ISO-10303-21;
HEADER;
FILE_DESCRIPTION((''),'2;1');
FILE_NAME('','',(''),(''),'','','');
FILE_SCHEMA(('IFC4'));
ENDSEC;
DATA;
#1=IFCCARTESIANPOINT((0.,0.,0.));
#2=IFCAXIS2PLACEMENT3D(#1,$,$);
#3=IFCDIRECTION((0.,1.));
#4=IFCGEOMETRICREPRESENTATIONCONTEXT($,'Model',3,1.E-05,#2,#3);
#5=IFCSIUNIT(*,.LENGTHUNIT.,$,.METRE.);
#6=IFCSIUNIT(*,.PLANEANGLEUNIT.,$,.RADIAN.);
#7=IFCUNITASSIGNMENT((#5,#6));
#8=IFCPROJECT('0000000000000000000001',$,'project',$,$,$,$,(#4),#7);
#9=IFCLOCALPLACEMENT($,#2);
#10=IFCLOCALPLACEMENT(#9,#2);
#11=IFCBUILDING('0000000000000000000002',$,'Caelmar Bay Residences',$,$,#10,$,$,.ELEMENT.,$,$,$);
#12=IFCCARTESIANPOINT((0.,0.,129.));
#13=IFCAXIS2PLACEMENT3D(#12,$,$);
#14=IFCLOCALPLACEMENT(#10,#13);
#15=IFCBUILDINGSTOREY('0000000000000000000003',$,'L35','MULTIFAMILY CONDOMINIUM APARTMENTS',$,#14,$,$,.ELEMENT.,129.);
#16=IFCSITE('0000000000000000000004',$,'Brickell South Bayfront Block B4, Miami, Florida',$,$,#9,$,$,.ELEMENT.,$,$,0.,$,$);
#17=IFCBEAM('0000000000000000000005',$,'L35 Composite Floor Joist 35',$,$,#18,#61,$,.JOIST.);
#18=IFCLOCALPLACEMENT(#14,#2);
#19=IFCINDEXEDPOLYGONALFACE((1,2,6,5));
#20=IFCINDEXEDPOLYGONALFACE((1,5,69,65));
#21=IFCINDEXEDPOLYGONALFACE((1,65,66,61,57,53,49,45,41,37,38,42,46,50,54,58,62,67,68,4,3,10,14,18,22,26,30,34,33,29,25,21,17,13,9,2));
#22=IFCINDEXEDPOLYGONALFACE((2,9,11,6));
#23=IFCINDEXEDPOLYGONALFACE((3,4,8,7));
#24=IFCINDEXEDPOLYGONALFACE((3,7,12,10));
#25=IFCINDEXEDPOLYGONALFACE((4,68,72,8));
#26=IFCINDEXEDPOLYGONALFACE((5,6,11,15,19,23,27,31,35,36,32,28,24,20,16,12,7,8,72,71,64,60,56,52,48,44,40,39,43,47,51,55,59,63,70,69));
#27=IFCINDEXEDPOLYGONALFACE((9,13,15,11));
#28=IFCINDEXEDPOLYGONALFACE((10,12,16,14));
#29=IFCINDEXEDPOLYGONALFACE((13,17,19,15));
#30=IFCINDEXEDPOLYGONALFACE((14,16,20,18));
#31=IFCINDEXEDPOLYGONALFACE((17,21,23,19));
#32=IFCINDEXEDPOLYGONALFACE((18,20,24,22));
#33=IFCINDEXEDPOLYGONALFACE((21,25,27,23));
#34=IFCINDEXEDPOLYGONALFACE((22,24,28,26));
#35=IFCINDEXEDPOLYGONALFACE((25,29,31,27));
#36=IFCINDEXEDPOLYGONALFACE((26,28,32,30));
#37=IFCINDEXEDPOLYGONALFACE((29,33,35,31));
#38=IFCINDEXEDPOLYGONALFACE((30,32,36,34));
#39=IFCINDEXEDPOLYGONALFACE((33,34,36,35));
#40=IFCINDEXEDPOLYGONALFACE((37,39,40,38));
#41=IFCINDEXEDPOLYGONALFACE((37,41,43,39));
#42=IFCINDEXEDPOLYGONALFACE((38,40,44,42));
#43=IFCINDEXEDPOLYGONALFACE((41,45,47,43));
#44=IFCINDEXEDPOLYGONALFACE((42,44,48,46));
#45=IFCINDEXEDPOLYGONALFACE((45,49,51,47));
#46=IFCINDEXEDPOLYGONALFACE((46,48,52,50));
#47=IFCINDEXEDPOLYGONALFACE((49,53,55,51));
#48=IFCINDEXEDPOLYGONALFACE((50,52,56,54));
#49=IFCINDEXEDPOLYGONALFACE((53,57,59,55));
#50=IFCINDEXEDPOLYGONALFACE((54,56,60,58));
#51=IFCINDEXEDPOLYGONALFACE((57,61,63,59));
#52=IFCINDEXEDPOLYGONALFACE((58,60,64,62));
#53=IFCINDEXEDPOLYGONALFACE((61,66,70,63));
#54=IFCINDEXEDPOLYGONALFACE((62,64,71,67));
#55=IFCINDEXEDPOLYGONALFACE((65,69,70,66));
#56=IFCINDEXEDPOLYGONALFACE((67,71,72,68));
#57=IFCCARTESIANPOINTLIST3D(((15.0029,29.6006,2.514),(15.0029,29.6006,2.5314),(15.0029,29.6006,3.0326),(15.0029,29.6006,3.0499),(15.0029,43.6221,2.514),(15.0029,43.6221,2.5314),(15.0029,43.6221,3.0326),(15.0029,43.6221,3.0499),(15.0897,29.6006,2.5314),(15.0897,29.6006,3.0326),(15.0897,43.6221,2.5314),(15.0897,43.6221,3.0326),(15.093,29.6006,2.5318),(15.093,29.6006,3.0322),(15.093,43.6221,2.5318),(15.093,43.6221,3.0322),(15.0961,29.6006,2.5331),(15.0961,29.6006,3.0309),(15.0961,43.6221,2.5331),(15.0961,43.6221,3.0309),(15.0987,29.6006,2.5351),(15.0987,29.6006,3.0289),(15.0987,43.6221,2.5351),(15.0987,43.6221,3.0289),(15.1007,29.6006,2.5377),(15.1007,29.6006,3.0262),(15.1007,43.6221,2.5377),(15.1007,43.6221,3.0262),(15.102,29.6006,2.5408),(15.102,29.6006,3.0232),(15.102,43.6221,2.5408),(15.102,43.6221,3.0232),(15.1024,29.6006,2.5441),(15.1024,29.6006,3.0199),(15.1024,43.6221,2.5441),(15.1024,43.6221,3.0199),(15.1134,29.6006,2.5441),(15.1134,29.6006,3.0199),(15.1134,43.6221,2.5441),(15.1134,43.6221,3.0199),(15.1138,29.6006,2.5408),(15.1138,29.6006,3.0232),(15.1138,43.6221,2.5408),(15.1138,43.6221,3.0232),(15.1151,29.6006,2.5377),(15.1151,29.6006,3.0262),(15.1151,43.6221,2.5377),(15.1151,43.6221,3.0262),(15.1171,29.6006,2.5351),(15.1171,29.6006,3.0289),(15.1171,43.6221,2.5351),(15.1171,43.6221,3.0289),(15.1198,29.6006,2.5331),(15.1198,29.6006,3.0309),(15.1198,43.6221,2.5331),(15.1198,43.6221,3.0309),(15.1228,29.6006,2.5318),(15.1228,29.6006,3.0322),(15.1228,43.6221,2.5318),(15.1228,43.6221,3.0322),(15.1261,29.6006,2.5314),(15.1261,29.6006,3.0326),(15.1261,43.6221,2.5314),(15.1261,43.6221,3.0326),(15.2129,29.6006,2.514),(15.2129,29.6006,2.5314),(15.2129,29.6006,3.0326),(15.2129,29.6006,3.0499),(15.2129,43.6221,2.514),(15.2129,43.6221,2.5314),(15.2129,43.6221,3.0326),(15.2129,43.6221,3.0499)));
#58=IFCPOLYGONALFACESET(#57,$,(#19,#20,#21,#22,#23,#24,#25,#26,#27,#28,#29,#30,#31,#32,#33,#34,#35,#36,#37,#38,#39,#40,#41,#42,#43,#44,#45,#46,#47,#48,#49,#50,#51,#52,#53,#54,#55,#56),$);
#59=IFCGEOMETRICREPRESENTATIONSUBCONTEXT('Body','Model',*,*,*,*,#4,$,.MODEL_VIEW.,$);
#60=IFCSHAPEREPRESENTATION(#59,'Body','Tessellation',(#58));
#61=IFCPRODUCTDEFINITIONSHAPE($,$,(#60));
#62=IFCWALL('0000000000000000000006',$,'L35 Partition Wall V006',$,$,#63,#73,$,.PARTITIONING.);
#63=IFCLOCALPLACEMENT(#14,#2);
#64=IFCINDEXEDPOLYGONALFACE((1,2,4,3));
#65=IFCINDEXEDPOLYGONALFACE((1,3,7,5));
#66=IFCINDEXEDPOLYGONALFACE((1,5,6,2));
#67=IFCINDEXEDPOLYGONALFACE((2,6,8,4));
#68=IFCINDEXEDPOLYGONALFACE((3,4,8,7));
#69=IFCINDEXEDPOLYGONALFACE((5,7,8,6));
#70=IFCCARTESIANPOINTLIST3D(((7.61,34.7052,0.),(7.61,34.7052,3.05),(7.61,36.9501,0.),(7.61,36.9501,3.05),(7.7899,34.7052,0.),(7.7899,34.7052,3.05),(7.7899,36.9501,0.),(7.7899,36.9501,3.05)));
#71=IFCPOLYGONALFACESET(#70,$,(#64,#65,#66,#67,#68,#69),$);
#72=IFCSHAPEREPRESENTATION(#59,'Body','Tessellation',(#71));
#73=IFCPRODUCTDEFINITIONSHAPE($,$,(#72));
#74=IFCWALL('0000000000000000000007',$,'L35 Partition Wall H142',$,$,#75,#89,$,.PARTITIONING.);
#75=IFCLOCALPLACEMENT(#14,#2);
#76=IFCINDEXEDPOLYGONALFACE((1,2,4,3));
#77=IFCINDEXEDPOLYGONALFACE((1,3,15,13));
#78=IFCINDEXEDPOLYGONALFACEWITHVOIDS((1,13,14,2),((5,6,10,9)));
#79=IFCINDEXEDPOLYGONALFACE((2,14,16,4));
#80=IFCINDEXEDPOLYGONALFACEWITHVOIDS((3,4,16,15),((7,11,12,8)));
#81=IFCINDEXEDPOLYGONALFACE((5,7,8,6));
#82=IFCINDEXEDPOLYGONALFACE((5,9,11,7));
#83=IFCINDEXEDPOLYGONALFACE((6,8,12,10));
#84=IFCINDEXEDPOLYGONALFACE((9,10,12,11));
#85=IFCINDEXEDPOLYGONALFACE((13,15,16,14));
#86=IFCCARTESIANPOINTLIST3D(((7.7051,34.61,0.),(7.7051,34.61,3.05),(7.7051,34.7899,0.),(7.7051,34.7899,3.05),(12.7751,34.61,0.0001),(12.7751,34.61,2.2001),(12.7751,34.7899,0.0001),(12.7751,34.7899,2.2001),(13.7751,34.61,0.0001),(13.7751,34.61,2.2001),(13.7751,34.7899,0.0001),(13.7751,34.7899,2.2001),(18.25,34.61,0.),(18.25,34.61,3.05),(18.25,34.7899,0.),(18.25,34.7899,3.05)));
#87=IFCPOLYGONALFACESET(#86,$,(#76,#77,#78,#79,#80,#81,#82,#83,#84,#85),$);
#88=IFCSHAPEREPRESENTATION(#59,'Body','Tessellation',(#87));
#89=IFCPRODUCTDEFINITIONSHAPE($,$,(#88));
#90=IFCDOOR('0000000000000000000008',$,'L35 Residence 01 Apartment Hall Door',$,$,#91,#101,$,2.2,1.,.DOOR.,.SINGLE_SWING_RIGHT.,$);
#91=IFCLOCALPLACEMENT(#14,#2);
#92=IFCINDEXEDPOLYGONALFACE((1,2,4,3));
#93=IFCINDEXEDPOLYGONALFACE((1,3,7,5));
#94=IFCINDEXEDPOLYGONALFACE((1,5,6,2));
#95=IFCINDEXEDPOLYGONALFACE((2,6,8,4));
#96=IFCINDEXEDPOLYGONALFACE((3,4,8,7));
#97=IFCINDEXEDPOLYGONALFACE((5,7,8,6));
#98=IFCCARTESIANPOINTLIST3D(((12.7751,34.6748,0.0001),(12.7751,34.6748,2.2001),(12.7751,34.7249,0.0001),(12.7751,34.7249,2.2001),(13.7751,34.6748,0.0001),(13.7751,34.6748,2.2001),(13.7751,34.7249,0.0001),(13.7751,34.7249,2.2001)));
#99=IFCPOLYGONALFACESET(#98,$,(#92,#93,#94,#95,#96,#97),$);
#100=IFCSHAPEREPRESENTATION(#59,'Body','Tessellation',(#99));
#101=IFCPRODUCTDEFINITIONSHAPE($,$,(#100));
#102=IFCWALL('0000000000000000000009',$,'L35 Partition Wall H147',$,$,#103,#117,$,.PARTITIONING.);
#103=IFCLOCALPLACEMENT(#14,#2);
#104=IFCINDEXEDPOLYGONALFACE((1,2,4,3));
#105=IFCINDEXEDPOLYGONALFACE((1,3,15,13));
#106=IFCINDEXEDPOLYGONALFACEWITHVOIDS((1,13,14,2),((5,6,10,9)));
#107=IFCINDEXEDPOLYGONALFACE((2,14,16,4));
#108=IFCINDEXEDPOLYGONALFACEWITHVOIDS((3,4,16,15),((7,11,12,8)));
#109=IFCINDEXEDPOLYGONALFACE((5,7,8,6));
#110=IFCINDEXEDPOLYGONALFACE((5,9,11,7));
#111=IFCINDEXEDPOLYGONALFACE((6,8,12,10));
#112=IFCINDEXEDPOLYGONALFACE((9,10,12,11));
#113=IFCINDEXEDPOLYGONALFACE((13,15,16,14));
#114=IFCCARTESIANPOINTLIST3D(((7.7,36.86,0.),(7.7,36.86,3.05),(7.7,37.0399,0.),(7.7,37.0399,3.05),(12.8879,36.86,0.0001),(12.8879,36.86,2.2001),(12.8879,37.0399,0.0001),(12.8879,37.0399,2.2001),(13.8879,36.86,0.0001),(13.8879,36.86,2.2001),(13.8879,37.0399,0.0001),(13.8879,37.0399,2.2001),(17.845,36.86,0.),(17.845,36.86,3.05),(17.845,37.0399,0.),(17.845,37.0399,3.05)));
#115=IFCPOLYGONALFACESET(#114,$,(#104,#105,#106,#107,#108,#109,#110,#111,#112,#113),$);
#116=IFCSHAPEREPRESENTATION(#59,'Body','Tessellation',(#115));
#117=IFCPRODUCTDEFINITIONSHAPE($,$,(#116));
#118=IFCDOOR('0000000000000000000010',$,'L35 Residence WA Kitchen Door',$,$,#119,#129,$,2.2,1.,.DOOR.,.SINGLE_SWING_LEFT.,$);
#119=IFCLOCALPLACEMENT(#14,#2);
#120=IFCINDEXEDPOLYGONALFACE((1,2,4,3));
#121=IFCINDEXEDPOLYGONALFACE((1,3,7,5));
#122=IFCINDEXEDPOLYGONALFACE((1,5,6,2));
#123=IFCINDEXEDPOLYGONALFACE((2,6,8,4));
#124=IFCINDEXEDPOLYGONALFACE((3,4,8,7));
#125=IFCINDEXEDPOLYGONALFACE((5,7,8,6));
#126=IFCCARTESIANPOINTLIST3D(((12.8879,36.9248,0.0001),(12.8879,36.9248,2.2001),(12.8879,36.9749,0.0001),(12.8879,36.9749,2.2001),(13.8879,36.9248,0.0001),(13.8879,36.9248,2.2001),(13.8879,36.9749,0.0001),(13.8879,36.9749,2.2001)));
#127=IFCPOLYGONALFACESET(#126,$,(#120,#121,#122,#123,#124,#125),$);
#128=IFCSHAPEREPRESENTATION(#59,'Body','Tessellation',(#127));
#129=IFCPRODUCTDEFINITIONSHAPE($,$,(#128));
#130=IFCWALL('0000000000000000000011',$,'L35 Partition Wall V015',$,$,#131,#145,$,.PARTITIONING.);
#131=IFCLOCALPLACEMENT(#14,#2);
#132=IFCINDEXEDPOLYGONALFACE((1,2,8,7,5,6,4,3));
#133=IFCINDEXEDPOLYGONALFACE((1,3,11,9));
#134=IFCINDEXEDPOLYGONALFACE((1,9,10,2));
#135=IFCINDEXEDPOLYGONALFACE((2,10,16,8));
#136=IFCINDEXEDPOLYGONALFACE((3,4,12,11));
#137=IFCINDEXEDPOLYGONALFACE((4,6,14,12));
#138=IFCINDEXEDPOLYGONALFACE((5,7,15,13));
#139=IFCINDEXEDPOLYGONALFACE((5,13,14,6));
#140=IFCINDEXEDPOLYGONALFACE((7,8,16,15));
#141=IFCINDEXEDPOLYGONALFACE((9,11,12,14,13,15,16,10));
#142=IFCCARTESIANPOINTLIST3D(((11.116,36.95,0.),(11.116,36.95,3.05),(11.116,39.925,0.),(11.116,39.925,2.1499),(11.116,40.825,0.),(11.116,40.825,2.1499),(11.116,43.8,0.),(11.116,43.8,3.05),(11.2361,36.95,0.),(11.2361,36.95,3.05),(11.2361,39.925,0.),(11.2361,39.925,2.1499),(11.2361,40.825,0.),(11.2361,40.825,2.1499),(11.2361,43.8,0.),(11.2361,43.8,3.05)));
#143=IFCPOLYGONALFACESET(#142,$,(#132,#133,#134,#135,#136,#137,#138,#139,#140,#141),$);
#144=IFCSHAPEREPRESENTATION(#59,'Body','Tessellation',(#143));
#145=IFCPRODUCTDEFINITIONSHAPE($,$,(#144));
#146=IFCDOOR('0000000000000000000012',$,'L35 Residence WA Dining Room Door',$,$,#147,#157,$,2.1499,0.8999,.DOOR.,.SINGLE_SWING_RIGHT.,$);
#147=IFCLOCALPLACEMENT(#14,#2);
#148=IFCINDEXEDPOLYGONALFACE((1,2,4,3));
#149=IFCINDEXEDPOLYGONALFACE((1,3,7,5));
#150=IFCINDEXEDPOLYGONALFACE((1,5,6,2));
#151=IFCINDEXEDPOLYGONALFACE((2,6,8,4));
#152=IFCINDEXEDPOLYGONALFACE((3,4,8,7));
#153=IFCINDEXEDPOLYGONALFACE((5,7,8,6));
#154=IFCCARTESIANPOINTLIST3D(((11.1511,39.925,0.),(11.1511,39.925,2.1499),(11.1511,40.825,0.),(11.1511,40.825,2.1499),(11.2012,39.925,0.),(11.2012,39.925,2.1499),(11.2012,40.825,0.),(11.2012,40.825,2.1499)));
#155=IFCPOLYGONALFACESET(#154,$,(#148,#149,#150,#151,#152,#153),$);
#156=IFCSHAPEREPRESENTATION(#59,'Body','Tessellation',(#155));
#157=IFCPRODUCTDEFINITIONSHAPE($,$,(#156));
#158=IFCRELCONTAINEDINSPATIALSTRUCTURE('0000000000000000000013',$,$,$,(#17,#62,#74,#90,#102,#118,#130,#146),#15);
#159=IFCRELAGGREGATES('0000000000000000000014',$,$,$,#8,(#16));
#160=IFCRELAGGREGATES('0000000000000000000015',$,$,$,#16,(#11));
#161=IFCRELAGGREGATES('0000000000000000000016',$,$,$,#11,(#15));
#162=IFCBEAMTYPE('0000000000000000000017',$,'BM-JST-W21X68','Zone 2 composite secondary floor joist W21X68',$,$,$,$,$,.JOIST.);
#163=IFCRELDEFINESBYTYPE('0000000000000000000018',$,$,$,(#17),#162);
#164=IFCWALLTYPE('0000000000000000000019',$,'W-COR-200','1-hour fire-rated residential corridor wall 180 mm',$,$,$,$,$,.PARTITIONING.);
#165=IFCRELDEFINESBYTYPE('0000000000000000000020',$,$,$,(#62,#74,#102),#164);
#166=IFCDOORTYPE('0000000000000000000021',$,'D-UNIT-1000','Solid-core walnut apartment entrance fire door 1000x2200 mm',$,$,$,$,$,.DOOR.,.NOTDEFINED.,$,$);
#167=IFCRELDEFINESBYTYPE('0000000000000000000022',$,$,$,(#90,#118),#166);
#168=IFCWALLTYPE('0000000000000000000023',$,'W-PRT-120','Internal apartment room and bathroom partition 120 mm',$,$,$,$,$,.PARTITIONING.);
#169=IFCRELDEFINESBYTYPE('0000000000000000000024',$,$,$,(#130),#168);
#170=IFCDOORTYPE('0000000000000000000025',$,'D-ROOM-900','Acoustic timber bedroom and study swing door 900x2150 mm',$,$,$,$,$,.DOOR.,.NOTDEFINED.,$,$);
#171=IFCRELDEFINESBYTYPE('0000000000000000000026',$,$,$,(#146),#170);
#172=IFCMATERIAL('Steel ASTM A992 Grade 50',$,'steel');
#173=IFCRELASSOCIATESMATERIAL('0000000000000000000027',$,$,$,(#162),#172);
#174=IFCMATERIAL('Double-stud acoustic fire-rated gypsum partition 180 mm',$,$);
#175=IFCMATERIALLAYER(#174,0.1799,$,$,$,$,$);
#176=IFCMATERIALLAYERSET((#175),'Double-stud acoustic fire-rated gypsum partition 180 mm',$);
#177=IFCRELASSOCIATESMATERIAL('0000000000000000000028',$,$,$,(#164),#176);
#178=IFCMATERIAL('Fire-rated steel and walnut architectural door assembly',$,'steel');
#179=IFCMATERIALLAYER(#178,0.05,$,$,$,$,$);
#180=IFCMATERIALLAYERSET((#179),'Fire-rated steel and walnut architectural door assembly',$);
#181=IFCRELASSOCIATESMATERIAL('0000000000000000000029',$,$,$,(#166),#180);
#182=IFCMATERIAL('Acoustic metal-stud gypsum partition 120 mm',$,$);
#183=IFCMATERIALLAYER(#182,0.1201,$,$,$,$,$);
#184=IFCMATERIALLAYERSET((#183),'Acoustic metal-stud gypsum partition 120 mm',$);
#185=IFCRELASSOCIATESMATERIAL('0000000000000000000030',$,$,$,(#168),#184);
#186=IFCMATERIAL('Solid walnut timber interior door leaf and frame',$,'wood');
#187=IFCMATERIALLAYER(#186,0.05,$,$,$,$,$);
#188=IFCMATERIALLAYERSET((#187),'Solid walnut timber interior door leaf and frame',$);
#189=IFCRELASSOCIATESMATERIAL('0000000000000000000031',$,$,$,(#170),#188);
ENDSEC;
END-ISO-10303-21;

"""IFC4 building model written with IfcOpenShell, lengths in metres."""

from ifc_helpers import new_model, si_unit, direction, frame, frame_2d, origin, origin_2d, place, context, subcontext, project, spatial, rectangle, i_section, extrude, material, layer, layer_set, material_profile, profile_set, type_object, element, fill, save


model = new_model("IFC4")

# Units and contexts
model_context = context("Model", 3, precision=1e-05, world=origin(), true_north=direction((0.0, 1.0)))
body_context = subcontext(model_context, "Body", "Model", "MODEL_VIEW")
ifc_project = project(units=[si_unit("LENGTHUNIT", "METRE"), si_unit("PLANEANGLEUNIT", "RADIAN")], contexts=[model_context])

# Site, building, storey
site_placement = place(None, origin())
site = spatial("IfcSite", under=ifc_project, at=site_placement, Name="Brickell South Bayfront Block B4, Miami, Florida", CompositionType="ELEMENT", RefElevation=0.0)
building_placement = place(site_placement, origin())
building = spatial("IfcBuilding", under=site, at=building_placement, Name="Caelmar Bay Residences", CompositionType="ELEMENT")
storey_placement = place(building_placement, frame((0.0, 0.0, 129.0)))
storey = spatial("IfcBuildingStorey", under=building, at=storey_placement, Name="L35", Description="MULTIFAMILY CONDOMINIUM APARTMENTS", CompositionType="ELEMENT", Elevation=129.0)

# Beam
ifc_material_1 = material(Name="Steel ASTM A992 Grade 50", Category="steel")
ifc_material_profile_1 = material_profile(ifc_material_1, i_section(OverallWidth=0.21, OverallDepth=0.5359, WebThickness=0.011, FlangeThickness=0.0173, FilletRadius=0.0127, at=origin_2d()), Name="W21X68")
ifc_profile_set_1 = profile_set([ifc_material_profile_1], Name="Steel ASTM A992 Grade 50")
beam_type_1 = type_object("IfcBeamType", Name="BM-JST-W21X68", Description="Zone 2 composite secondary floor joist W21X68", PredefinedType="JOIST", material=ifc_profile_set_1)
beam_1_placement = place(storey_placement, frame((15.1079, 29.6006, 2.782), z_axis=(0.0, 1.0, 0.0), x_axis=(-1.0, 0.0, 0.0)))
element("IfcBeam", 1, at=beam_1_placement, inside=storey, type_object=beam_type_1, Name="L35 Composite Floor Joist 35", PredefinedType="JOIST", context=body_context, shape_type="SweptSolid", body=[
    extrude(i_section(OverallWidth=0.21, OverallDepth=0.5359, WebThickness=0.011, FlangeThickness=0.0173, FilletRadius=0.0127, at=origin_2d()), origin(), (0.0, 0.0, 1.0), 14.0215),
])

# Wall
ifc_material_2 = material(Name="Double-stud acoustic fire-rated gypsum partition 180 mm")
ifc_layer_1 = layer(ifc_material_2, 0.1799)
ifc_layer_set_1 = layer_set([ifc_layer_1], Name="Double-stud acoustic fire-rated gypsum partition 180 mm")
wall_type_1 = type_object("IfcWallType", Name="W-COR-200", Description="1-hour fire-rated residential corridor wall 180 mm", PredefinedType="PARTITIONING", material=ifc_layer_set_1)
wall_1_placement = place(storey_placement, frame((7.7, 34.7051, 0.0), z_axis=(0.0, 0.0, 1.0), x_axis=(0.0, 1.0, 0.0)))
element("IfcWall", 2, at=wall_1_placement, inside=storey, type_object=wall_type_1, Name="L35 Partition Wall V006", PredefinedType="PARTITIONING", context=body_context, shape_type="SweptSolid", body=[
    extrude(rectangle(XDim=2.2449, YDim=0.1799, at=frame_2d((1.1226, 0.0))), origin(), (0.0, 0.0, 1.0), 3.05),
])

# Walls, openings, doors
wall_2_placement = place(storey_placement, frame((7.7051, 34.7, 0.0), z_axis=(0.0, 0.0, 1.0), x_axis=(1.0, 0.0, 0.0)))
wall_2 = element("IfcWall", 3, at=wall_2_placement, inside=storey, type_object=wall_type_1, Name="L35 Partition Wall H142", PredefinedType="PARTITIONING", context=body_context, shape_type="SweptSolid", body=[
    extrude(rectangle(XDim=10.5449, YDim=0.1799, at=frame_2d((5.2725, 0.0))), origin(), (0.0, 0.0, 1.0), 3.05),
])
opening_1_placement = place(wall_2_placement, frame((5.0701, 0.0, 0.0)))
opening_1 = element("IfcOpeningElement", 4, at=opening_1_placement, cuts=wall_2, PredefinedType="OPENING", context=body_context, shape_type="SweptSolid", body=[
    extrude(rectangle(XDim=1.0, YDim=2.2, at=frame_2d((0.5, 1.1001))), frame((0.0, 0.0999, 0.0), z_axis=(0.0, -1.0, 0.0), x_axis=(1.0, 0.0, 0.0)), (0.0, 0.0, 1.0), 0.2),
])
ifc_material_3 = material(Name="Fire-rated steel and walnut architectural door assembly", Category="steel")
ifc_layer_2 = layer(ifc_material_3, 0.05)
ifc_layer_set_2 = layer_set([ifc_layer_2], Name="Fire-rated steel and walnut architectural door assembly")
door_type_1 = type_object("IfcDoorType", Name="D-UNIT-1000", Description="Solid-core walnut apartment entrance fire door 1000x2200 mm", OperationType="NOTDEFINED", PredefinedType="DOOR", material=ifc_layer_set_2)
door_1_placement = place(opening_1_placement, origin())
door_1 = element("IfcDoor", 5, at=door_1_placement, inside=storey, type_object=door_type_1, Name="L35 Residence 01 Apartment Hall Door", OperationType="SINGLE_SWING_RIGHT", OverallHeight=2.2, OverallWidth=1.0, PredefinedType="DOOR", context=body_context, shape_type="SweptSolid", body=[
    extrude(rectangle(XDim=1.0, YDim=2.2, at=frame_2d((0.5, 1.1001))), frame((0.0, 0.0249, 0.0), z_axis=(0.0, -1.0, 0.0), x_axis=(1.0, 0.0, 0.0)), (0.0, 0.0, 1.0), 0.05),
])
fill(opening_1, door_1)
wall_3_placement = place(storey_placement, frame((7.7, 36.95, 0.0), z_axis=(0.0, 0.0, 1.0), x_axis=(1.0, 0.0, 0.0)))
wall_3 = element("IfcWall", 6, at=wall_3_placement, inside=storey, type_object=wall_type_1, Name="L35 Partition Wall H147", PredefinedType="PARTITIONING", context=body_context, shape_type="SweptSolid", body=[
    extrude(rectangle(XDim=10.145, YDim=0.1799, at=frame_2d((5.0725, 0.0))), origin(), (0.0, 0.0, 1.0), 3.05),
])
opening_2_placement = place(wall_3_placement, frame((5.188, 0.0, 0.0)))
opening_2 = element("IfcOpeningElement", 7, at=opening_2_placement, cuts=wall_3, PredefinedType="OPENING", context=body_context, shape_type="SweptSolid", body=[
    extrude(rectangle(XDim=1.0, YDim=2.2, at=frame_2d((0.5, 1.1001))), frame((0.0, 0.0999, 0.0), z_axis=(0.0, -1.0, 0.0), x_axis=(1.0, 0.0, 0.0)), (0.0, 0.0, 1.0), 0.2),
])
door_2_placement = place(opening_2_placement, origin())
door_2 = element("IfcDoor", 8, at=door_2_placement, inside=storey, type_object=door_type_1, Name="L35 Residence WA Kitchen Door", OperationType="SINGLE_SWING_LEFT", OverallHeight=2.2, OverallWidth=1.0, PredefinedType="DOOR", context=body_context, shape_type="SweptSolid", body=[
    extrude(rectangle(XDim=1.0, YDim=2.2, at=frame_2d((0.5, 1.1001))), frame((0.0, 0.0249, 0.0), z_axis=(0.0, -1.0, 0.0), x_axis=(1.0, 0.0, 0.0)), (0.0, 0.0, 1.0), 0.05),
])
fill(opening_2, door_2)
ifc_material_4 = material(Name="Acoustic metal-stud gypsum partition 120 mm")
ifc_layer_3 = layer(ifc_material_4, 0.1201)
ifc_layer_set_3 = layer_set([ifc_layer_3], Name="Acoustic metal-stud gypsum partition 120 mm")
wall_type_2 = type_object("IfcWallType", Name="W-PRT-120", Description="Internal apartment room and bathroom partition 120 mm", PredefinedType="PARTITIONING", material=ifc_layer_set_3)
wall_4_placement = place(storey_placement, frame((11.176, 36.95, 0.0), z_axis=(0.0, 0.0, 1.0), x_axis=(0.0, 1.0, 0.0)))
wall_4 = element("IfcWall", 9, at=wall_4_placement, inside=storey, type_object=wall_type_2, Name="L35 Partition Wall V015", PredefinedType="PARTITIONING", context=body_context, shape_type="SweptSolid", body=[
    extrude(rectangle(XDim=6.8501, YDim=0.1201, at=frame_2d((3.425, 0.0))), origin(), (0.0, 0.0, 1.0), 3.05),
])
opening_3_placement = place(wall_4_placement, frame((2.9751, 0.0, 0.0)))
opening_3 = element("IfcOpeningElement", 10, at=opening_3_placement, cuts=wall_4, PredefinedType="OPENING", context=body_context, shape_type="SweptSolid", body=[
    extrude(rectangle(XDim=0.8999, YDim=2.1499, at=frame_2d((0.45, 1.075))), frame((0.0, 0.0701, 0.0), z_axis=(0.0, -1.0, 0.0), x_axis=(1.0, 0.0, 0.0)), (0.0, 0.0, 1.0), 0.1401),
])
ifc_material_5 = material(Name="Solid walnut timber interior door leaf and frame", Category="wood")
ifc_layer_4 = layer(ifc_material_5, 0.05)
ifc_layer_set_4 = layer_set([ifc_layer_4], Name="Solid walnut timber interior door leaf and frame")
door_type_2 = type_object("IfcDoorType", Name="D-ROOM-900", Description="Acoustic timber bedroom and study swing door 900x2150 mm", OperationType="NOTDEFINED", PredefinedType="DOOR", material=ifc_layer_set_4)
door_3_placement = place(opening_3_placement, origin())
door_3 = element("IfcDoor", 11, at=door_3_placement, inside=storey, type_object=door_type_2, Name="L35 Residence WA Dining Room Door", OperationType="SINGLE_SWING_RIGHT", OverallHeight=2.1499, OverallWidth=0.8999, PredefinedType="DOOR", context=body_context, shape_type="SweptSolid", body=[
    extrude(rectangle(XDim=0.8999, YDim=2.1499, at=frame_2d((0.45, 1.075))), frame((0.0, 0.0249, 0.0), z_axis=(0.0, -1.0, 0.0), x_axis=(1.0, 0.0, 0.0)), (0.0, 0.0, 1.0), 0.05),
])
fill(opening_3, door_3)

save(model, "model.ifc")
